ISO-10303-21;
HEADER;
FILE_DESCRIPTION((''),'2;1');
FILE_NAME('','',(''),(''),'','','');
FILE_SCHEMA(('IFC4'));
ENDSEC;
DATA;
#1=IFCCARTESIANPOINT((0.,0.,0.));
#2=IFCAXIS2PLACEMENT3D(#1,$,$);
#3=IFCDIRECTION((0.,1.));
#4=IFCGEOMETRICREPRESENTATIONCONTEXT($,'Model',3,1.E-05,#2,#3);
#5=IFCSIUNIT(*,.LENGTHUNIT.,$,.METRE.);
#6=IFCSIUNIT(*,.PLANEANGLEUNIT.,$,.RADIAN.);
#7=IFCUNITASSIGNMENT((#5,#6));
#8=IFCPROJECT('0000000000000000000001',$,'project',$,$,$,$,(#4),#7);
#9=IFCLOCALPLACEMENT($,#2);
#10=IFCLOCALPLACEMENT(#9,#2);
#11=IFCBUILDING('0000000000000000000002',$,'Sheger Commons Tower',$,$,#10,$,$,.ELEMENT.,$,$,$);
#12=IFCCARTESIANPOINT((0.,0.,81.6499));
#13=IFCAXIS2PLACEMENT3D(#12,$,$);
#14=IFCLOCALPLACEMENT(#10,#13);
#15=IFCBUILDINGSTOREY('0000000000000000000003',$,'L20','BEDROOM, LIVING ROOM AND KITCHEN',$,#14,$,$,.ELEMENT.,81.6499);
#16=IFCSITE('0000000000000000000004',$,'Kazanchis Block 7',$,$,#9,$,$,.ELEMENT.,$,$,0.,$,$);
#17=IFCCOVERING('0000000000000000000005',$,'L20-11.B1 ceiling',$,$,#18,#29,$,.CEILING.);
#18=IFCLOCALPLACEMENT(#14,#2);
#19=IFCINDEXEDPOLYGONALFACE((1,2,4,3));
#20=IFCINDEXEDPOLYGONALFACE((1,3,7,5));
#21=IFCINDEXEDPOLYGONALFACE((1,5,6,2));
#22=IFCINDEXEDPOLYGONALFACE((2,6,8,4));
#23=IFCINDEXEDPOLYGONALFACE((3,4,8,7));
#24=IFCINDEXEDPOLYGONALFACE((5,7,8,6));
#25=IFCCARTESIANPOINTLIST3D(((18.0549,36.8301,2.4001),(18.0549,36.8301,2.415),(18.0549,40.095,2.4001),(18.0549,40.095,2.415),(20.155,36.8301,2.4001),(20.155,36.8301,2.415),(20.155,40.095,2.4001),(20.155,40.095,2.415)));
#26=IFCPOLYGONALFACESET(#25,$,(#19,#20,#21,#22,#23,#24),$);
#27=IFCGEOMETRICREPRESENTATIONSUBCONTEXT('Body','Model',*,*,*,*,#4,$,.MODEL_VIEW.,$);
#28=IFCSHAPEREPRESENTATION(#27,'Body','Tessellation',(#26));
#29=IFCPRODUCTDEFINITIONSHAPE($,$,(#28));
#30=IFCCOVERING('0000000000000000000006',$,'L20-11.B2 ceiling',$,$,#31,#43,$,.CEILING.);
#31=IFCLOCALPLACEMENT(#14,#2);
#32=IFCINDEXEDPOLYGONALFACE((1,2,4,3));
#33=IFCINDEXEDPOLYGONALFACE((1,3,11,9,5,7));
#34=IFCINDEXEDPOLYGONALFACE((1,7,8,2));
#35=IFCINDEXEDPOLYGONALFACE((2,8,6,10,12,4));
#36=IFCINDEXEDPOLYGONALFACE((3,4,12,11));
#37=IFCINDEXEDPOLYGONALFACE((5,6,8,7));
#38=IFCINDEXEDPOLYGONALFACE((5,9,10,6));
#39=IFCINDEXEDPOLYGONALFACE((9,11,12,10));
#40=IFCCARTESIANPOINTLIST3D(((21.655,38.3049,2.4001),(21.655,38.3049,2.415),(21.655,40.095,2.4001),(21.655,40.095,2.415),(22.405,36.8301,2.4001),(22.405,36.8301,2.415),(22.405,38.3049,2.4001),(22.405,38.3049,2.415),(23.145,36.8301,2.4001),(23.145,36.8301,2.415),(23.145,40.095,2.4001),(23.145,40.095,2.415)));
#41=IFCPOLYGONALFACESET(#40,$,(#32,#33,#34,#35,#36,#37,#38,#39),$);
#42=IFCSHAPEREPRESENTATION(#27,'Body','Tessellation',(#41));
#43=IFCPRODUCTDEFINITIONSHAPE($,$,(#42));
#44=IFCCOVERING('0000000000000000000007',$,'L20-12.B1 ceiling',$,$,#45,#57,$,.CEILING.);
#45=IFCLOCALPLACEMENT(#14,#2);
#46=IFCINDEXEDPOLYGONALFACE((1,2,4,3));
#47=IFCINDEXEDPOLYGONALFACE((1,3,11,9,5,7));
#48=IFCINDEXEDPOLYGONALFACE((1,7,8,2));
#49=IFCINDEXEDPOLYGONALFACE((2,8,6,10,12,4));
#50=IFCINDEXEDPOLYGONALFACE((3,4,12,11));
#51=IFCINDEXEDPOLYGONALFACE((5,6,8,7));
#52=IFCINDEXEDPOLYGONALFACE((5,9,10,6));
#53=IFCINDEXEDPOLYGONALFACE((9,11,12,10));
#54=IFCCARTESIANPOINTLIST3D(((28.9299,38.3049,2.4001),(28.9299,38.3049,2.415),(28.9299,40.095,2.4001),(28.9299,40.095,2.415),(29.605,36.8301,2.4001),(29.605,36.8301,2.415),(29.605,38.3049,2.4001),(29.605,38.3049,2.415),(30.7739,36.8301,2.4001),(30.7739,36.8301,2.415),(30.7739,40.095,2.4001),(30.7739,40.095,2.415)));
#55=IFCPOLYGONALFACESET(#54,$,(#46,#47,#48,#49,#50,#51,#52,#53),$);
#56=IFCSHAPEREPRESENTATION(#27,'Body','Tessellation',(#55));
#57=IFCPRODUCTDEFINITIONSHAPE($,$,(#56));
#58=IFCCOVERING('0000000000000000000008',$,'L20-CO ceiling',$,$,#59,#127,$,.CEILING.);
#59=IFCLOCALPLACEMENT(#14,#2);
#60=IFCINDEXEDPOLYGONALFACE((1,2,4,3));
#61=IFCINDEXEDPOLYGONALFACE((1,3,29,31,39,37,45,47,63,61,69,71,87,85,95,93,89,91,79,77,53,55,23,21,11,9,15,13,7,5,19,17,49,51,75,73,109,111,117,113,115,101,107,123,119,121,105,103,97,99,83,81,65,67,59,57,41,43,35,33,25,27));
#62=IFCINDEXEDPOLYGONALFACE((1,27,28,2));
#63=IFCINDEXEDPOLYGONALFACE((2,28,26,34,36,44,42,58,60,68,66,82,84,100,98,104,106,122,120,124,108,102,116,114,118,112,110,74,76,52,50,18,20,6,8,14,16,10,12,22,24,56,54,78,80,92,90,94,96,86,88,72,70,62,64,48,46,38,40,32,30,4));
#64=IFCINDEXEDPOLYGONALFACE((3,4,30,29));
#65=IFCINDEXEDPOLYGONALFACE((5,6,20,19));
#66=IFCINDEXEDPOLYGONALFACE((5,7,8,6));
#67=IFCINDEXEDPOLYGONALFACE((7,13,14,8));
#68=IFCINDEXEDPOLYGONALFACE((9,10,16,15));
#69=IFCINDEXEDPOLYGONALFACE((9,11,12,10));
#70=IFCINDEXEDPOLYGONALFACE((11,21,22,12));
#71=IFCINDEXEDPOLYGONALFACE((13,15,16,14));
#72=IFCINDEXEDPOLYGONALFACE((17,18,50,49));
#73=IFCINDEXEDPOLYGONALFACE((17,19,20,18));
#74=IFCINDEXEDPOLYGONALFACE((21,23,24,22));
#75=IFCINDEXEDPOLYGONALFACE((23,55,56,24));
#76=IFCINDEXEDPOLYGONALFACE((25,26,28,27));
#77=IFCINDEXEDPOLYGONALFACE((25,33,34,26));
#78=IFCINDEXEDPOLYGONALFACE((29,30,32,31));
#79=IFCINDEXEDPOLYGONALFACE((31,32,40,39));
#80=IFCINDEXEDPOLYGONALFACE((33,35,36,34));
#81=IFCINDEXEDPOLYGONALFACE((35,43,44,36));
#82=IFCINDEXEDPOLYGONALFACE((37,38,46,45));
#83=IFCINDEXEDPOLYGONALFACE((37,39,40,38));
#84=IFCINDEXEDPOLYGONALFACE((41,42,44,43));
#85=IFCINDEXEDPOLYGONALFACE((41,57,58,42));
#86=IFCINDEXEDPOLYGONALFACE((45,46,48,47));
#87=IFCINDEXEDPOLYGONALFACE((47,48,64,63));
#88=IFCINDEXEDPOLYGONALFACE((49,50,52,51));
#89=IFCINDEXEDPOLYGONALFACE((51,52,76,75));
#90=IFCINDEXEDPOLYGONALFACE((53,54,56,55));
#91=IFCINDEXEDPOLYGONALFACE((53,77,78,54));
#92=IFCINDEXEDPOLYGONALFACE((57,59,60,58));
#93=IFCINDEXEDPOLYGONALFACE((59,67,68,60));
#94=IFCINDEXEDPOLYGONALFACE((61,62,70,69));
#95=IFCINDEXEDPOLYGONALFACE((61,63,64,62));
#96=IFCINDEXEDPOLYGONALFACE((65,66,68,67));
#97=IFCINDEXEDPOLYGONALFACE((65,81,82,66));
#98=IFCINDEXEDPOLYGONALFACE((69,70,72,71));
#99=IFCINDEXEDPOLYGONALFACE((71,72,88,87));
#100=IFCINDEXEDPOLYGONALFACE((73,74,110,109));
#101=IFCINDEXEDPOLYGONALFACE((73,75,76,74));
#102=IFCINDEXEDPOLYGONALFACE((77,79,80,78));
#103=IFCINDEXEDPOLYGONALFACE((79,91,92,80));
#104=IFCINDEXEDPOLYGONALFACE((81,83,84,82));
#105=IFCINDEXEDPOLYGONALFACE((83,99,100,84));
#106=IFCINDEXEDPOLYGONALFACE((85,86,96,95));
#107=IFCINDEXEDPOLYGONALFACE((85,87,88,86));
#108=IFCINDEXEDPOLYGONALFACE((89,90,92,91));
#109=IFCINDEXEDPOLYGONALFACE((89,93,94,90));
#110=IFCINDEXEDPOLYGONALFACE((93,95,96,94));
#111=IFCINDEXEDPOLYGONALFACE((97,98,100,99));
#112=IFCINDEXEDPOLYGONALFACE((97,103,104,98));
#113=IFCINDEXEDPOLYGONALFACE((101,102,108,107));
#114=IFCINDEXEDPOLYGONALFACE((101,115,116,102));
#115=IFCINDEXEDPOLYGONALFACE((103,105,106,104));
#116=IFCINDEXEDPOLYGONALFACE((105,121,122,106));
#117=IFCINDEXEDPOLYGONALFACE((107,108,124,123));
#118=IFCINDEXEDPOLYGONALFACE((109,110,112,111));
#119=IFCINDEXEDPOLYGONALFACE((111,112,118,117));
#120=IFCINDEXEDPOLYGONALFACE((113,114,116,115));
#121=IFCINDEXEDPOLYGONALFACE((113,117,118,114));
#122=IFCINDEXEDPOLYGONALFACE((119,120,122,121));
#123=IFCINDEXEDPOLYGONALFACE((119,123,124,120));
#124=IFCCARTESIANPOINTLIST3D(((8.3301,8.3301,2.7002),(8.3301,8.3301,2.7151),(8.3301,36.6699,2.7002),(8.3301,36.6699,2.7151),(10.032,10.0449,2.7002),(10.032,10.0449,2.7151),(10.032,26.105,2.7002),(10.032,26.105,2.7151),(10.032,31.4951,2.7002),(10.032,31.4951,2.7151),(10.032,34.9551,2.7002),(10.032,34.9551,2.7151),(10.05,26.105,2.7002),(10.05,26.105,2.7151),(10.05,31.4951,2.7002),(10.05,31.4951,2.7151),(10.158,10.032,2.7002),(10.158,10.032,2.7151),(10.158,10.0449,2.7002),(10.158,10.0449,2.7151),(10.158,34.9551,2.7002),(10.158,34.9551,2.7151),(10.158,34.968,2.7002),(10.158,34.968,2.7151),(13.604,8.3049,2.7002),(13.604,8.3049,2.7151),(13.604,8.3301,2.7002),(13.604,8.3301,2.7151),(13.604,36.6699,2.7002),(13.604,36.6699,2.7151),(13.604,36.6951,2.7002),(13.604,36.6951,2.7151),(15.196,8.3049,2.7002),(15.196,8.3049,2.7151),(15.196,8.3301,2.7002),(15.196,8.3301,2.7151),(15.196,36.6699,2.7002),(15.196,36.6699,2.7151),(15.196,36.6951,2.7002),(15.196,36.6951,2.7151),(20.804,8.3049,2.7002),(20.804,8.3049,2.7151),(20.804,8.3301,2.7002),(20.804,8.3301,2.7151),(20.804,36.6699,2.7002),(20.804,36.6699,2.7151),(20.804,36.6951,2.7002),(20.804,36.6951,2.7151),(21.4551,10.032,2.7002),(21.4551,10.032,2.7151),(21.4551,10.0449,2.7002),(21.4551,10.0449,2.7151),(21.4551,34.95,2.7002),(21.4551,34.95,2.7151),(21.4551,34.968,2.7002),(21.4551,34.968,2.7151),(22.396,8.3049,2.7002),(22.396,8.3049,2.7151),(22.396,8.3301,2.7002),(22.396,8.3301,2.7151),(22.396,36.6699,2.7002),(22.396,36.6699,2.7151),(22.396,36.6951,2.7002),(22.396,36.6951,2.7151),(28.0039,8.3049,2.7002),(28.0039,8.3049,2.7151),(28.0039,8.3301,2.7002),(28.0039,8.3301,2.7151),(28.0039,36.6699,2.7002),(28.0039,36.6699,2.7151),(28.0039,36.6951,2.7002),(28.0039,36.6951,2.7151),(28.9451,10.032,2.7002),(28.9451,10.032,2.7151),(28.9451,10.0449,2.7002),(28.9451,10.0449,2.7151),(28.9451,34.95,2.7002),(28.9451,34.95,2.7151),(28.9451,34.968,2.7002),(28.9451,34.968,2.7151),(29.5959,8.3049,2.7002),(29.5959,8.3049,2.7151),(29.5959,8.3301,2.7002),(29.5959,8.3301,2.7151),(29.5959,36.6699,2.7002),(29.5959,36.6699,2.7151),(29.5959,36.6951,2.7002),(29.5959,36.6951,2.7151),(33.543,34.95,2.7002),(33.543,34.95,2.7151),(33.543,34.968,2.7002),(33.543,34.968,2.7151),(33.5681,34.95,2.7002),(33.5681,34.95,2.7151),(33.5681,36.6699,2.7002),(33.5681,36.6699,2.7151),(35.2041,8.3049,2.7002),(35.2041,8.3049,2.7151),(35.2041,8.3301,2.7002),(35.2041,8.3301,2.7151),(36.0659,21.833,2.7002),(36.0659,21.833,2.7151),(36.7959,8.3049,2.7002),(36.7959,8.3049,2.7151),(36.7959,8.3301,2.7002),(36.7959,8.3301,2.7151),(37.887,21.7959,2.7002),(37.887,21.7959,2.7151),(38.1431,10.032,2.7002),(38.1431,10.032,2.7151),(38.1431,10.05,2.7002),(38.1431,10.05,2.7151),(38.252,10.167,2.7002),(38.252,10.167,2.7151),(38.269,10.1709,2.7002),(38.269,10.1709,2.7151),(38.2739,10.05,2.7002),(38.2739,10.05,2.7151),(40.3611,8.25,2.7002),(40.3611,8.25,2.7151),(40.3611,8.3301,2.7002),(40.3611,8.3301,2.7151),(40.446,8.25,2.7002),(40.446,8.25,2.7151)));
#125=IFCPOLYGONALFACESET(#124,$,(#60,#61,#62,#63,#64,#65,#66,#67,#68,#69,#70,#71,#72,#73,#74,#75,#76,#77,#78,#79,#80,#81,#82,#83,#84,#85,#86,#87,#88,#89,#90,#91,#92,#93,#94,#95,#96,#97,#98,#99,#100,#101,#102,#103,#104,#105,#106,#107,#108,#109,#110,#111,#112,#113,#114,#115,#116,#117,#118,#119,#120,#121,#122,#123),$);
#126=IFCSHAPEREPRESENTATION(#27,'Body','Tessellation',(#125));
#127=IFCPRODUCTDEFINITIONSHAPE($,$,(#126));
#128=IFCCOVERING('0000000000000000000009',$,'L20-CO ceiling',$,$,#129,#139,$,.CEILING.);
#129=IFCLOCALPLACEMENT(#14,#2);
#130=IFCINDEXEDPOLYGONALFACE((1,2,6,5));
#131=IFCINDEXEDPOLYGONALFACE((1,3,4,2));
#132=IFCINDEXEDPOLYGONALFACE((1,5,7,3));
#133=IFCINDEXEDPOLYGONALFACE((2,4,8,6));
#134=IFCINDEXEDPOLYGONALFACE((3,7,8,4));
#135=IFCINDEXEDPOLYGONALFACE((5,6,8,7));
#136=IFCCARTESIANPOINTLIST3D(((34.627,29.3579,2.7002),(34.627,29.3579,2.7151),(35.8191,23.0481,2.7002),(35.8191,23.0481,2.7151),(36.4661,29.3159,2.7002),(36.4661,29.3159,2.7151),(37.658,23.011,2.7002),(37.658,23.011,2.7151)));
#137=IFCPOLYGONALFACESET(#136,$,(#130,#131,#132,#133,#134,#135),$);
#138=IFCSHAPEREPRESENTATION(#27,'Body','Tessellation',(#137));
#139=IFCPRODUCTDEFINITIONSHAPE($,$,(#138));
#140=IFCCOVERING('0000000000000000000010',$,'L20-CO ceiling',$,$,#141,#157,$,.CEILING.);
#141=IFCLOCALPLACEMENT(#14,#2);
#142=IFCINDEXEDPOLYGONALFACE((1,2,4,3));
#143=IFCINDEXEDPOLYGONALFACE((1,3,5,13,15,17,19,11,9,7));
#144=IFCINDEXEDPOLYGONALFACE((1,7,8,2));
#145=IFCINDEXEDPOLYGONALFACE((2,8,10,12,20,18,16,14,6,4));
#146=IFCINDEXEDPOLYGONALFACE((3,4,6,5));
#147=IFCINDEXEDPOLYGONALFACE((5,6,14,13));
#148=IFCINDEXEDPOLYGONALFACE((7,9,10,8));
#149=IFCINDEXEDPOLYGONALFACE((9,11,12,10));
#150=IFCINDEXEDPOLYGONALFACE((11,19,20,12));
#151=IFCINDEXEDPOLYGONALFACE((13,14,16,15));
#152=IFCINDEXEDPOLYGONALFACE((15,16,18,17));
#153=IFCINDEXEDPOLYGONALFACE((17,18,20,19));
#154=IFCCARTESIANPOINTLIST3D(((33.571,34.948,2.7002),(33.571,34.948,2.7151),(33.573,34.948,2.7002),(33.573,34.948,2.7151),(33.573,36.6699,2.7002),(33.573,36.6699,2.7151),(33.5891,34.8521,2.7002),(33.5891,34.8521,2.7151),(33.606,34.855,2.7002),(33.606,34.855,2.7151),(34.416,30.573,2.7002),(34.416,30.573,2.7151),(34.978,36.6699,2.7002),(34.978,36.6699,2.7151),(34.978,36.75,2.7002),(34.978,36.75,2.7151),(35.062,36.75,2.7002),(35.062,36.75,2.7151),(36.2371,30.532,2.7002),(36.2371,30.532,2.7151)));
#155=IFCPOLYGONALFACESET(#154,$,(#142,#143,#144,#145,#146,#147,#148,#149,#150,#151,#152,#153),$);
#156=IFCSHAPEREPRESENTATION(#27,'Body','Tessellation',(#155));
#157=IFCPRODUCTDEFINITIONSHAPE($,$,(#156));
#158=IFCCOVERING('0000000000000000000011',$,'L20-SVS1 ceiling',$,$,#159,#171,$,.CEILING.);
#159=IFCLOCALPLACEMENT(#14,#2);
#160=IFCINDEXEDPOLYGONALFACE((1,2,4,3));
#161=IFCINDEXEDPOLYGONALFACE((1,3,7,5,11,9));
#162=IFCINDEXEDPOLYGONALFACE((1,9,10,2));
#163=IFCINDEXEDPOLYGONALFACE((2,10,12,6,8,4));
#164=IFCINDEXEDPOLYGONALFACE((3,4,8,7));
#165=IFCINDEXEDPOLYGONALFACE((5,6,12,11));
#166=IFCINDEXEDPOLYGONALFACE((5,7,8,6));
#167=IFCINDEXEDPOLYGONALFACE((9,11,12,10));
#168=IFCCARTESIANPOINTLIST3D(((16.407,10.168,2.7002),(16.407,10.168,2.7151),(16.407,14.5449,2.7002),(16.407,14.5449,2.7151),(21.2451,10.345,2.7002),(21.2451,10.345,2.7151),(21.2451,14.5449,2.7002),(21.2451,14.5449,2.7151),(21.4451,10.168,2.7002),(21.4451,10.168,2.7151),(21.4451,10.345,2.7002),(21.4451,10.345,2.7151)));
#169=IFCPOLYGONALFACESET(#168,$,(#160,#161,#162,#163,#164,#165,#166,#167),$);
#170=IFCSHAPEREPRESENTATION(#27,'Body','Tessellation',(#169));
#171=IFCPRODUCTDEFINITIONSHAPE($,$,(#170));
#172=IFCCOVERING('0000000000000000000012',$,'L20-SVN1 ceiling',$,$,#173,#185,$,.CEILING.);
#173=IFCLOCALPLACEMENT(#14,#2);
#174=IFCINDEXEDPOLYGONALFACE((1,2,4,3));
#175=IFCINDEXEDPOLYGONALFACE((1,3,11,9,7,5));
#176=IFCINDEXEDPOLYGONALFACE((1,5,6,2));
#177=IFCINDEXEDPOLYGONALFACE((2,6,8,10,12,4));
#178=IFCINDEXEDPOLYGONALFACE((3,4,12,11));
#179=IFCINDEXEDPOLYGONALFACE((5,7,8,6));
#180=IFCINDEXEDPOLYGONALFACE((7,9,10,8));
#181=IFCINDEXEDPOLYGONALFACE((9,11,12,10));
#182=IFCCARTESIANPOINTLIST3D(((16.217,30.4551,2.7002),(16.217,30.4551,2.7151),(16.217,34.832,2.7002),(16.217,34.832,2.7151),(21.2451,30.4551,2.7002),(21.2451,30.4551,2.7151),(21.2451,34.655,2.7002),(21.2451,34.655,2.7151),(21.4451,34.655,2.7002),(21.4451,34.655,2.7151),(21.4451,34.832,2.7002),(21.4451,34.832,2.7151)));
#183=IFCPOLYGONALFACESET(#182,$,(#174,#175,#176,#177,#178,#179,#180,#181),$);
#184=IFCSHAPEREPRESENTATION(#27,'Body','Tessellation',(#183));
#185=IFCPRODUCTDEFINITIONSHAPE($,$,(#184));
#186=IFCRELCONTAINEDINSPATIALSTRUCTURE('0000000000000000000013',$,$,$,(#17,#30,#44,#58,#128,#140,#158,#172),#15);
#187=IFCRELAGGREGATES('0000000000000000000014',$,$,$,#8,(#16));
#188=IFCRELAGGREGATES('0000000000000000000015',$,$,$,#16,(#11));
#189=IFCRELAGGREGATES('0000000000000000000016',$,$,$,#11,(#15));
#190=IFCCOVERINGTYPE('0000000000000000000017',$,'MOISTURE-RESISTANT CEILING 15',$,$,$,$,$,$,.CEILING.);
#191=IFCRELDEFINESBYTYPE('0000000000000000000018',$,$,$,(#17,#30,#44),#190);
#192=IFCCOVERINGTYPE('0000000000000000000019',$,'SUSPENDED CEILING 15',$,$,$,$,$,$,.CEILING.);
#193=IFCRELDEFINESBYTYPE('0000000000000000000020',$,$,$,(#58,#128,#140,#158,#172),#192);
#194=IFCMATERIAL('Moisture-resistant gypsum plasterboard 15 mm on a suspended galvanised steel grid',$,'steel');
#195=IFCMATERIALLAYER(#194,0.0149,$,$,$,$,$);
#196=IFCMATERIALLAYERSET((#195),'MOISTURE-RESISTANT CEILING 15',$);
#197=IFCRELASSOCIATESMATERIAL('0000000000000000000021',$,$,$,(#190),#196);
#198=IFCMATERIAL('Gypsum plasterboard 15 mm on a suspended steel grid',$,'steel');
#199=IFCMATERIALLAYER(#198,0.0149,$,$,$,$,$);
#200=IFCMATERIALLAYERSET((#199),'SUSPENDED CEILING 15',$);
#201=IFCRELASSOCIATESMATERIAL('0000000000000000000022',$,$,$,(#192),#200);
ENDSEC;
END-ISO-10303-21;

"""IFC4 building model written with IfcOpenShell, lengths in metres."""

from ifc_helpers import new_model, si_unit, direction, frame, origin, place, context, subcontext, project, spatial, polyline, outline, extrude, material, layer, layer_set, type_object, element, save


model = new_model("IFC4")

# Units and contexts
model_context = context("Model", 3, precision=1e-05, world=origin(), true_north=direction((0.0, 1.0)))
body_context = subcontext(model_context, "Body", "Model", "MODEL_VIEW")
ifc_project = project(units=[si_unit("LENGTHUNIT", "METRE"), si_unit("PLANEANGLEUNIT", "RADIAN")], contexts=[model_context])

# Site, building, storey
site_placement = place(None, origin())
site = spatial("IfcSite", under=ifc_project, at=site_placement, Name="Kazanchis Block 7", CompositionType="ELEMENT", RefElevation=0.0)
building_placement = place(site_placement, origin())
building = spatial("IfcBuilding", under=site, at=building_placement, Name="Sheger Commons Tower", CompositionType="ELEMENT")
storey_placement = place(building_placement, frame((0.0, 0.0, 81.6499)))
storey = spatial("IfcBuildingStorey", under=building, at=storey_placement, Name="L20", Description="BEDROOM, LIVING ROOM AND KITCHEN", CompositionType="ELEMENT", Elevation=81.6499)

# Coverings
ifc_material_1 = material(Name="Moisture-resistant gypsum plasterboard 15 mm on a suspended galvanised steel grid", Category="steel")
ifc_layer_1 = layer(ifc_material_1, 0.0149)
ifc_layer_set_1 = layer_set([ifc_layer_1], Name="MOISTURE-RESISTANT CEILING 15")
covering_type_1 = type_object("IfcCoveringType", Name="MOISTURE-RESISTANT CEILING 15", PredefinedType="CEILING", material=ifc_layer_set_1)
covering_1_placement = place(storey_placement, frame((0.0, 0.0, 2.4001)))
element("IfcCovering", 1, at=covering_1_placement, inside=storey, type_object=covering_type_1, Name="L20-11.B1 ceiling", PredefinedType="CEILING", context=body_context, shape_type="SweptSolid", body=[
    extrude(outline(polyline([(18.0549, 36.8301), (20.155, 36.8301), (20.155, 40.095), (18.0549, 40.095), (18.0549, 36.8301)])), origin(), (0.0, 0.0, 1.0), 0.0149),
])
covering_2_placement = place(storey_placement, frame((0.0, 0.0, 2.4001)))
element("IfcCovering", 2, at=covering_2_placement, inside=storey, type_object=covering_type_1, Name="L20-11.B2 ceiling", PredefinedType="CEILING", context=body_context, shape_type="SweptSolid", body=[
    extrude(outline(polyline([(22.405, 36.8301), (23.145, 36.8301), (23.145, 40.095), (21.655, 40.095), (21.655, 38.3049), (22.405, 38.3049), (22.405, 36.8301)])), origin(), (0.0, 0.0, 1.0), 0.0149),
])
covering_3_placement = place(storey_placement, frame((0.0, 0.0, 2.4001)))
element("IfcCovering", 3, at=covering_3_placement, inside=storey, type_object=covering_type_1, Name="L20-12.B1 ceiling", PredefinedType="CEILING", context=body_context, shape_type="SweptSolid", body=[
    extrude(outline(polyline([(29.605, 36.8301), (30.7739, 36.8301), (30.7739, 40.095), (28.9299, 40.095), (28.9299, 38.3049), (29.605, 38.3049), (29.605, 36.8301)])), origin(), (0.0, 0.0, 1.0), 0.0149),
])
ifc_material_2 = material(Name="Gypsum plasterboard 15 mm on a suspended steel grid", Category="steel")
ifc_layer_2 = layer(ifc_material_2, 0.0149)
ifc_layer_set_2 = layer_set([ifc_layer_2], Name="SUSPENDED CEILING 15")
covering_type_2 = type_object("IfcCoveringType", Name="SUSPENDED CEILING 15", PredefinedType="CEILING", material=ifc_layer_set_2)
covering_4_placement = place(storey_placement, frame((0.0, 0.0, 2.7002)))
element("IfcCovering", 4, at=covering_4_placement, inside=storey, type_object=covering_type_2, Name="L20-CO ceiling", PredefinedType="CEILING", context=body_context, shape_type="SweptSolid", body=[
    extrude(outline(polyline([(40.3611, 8.25), (40.446, 8.25), (37.887, 21.7959), (36.0659, 21.833), (38.269, 10.1709), (38.252, 10.167), (38.2739, 10.05), (38.1431, 10.05), (38.1431, 10.032), (28.9451, 10.032), (28.9451, 10.0449), (21.4551, 10.0449), (21.4551, 10.032), (10.158, 10.032), (10.158, 10.0449), (10.032, 10.0449), (10.032, 26.105), (10.05, 26.105), (10.05, 31.4951), (10.032, 31.4951), (10.032, 34.9551), (10.158, 34.9551), (10.158, 34.968), (21.4551, 34.968), (21.4551, 34.95), (28.9451, 34.95), (28.9451, 34.968), (33.543, 34.968), (33.543, 34.95), (33.5681, 34.95), (33.5681, 36.6699), (29.5959, 36.6699), (29.5959, 36.6951), (28.0039, 36.6951), (28.0039, 36.6699), (22.396, 36.6699), (22.396, 36.6951), (20.804, 36.6951), (20.804, 36.6699), (15.196, 36.6699), (15.196, 36.6951), (13.604, 36.6951), (13.604, 36.6699), (8.3301, 36.6699), (8.3301, 8.3301), (13.604, 8.3301), (13.604, 8.3049), (15.196, 8.3049), (15.196, 8.3301), (20.804, 8.3301), (20.804, 8.3049), (22.396, 8.3049), (22.396, 8.3301), (28.0039, 8.3301), (28.0039, 8.3049), (29.5959, 8.3049), (29.5959, 8.3301), (35.2041, 8.3301), (35.2041, 8.3049), (36.7959, 8.3049), (36.7959, 8.3301), (40.3611, 8.3301), (40.3611, 8.25)])), origin(), (0.0, 0.0, 1.0), 0.0149),
])
covering_5_placement = place(storey_placement, frame((0.0, 0.0, 2.7002)))
element("IfcCovering", 5, at=covering_5_placement, inside=storey, type_object=covering_type_2, Name="L20-CO ceiling", PredefinedType="CEILING", context=body_context, shape_type="SweptSolid", body=[
    extrude(outline(polyline([(37.658, 23.011), (36.4661, 29.3159), (34.627, 29.3579), (35.8191, 23.0481), (37.658, 23.011)])), origin(), (0.0, 0.0, 1.0), 0.0149),
])
covering_6_placement = place(storey_placement, frame((0.0, 0.0, 2.7002)))
element("IfcCovering", 6, at=covering_6_placement, inside=storey, type_object=covering_type_2, Name="L20-CO ceiling", PredefinedType="CEILING", context=body_context, shape_type="SweptSolid", body=[
    extrude(outline(polyline([(36.2371, 30.532), (35.062, 36.75), (34.978, 36.75), (34.978, 36.6699), (33.573, 36.6699), (33.573, 34.948), (33.571, 34.948), (33.5891, 34.8521), (33.606, 34.855), (34.416, 30.573), (36.2371, 30.532)])), origin(), (0.0, 0.0, 1.0), 0.0149),
])
covering_7_placement = place(storey_placement, frame((0.0, 0.0, 2.7002)))
element("IfcCovering", 7, at=covering_7_placement, inside=storey, type_object=covering_type_2, Name="L20-SVS1 ceiling", PredefinedType="CEILING", context=body_context, shape_type="SweptSolid", body=[
    extrude(outline(polyline([(16.407, 10.168), (21.4451, 10.168), (21.4451, 10.345), (21.2451, 10.345), (21.2451, 14.5449), (16.407, 14.5449), (16.407, 10.168)])), origin(), (0.0, 0.0, 1.0), 0.0149),
])
covering_8_placement = place(storey_placement, frame((0.0, 0.0, 2.7002)))
element("IfcCovering", 8, at=covering_8_placement, inside=storey, type_object=covering_type_2, Name="L20-SVN1 ceiling", PredefinedType="CEILING", context=body_context, shape_type="SweptSolid", body=[
    extrude(outline(polyline([(16.217, 30.4551), (21.2451, 30.4551), (21.2451, 34.655), (21.4451, 34.655), (21.4451, 34.832), (16.217, 34.832), (16.217, 30.4551)])), origin(), (0.0, 0.0, 1.0), 0.0149),
])

save(model, "model.ifc")
